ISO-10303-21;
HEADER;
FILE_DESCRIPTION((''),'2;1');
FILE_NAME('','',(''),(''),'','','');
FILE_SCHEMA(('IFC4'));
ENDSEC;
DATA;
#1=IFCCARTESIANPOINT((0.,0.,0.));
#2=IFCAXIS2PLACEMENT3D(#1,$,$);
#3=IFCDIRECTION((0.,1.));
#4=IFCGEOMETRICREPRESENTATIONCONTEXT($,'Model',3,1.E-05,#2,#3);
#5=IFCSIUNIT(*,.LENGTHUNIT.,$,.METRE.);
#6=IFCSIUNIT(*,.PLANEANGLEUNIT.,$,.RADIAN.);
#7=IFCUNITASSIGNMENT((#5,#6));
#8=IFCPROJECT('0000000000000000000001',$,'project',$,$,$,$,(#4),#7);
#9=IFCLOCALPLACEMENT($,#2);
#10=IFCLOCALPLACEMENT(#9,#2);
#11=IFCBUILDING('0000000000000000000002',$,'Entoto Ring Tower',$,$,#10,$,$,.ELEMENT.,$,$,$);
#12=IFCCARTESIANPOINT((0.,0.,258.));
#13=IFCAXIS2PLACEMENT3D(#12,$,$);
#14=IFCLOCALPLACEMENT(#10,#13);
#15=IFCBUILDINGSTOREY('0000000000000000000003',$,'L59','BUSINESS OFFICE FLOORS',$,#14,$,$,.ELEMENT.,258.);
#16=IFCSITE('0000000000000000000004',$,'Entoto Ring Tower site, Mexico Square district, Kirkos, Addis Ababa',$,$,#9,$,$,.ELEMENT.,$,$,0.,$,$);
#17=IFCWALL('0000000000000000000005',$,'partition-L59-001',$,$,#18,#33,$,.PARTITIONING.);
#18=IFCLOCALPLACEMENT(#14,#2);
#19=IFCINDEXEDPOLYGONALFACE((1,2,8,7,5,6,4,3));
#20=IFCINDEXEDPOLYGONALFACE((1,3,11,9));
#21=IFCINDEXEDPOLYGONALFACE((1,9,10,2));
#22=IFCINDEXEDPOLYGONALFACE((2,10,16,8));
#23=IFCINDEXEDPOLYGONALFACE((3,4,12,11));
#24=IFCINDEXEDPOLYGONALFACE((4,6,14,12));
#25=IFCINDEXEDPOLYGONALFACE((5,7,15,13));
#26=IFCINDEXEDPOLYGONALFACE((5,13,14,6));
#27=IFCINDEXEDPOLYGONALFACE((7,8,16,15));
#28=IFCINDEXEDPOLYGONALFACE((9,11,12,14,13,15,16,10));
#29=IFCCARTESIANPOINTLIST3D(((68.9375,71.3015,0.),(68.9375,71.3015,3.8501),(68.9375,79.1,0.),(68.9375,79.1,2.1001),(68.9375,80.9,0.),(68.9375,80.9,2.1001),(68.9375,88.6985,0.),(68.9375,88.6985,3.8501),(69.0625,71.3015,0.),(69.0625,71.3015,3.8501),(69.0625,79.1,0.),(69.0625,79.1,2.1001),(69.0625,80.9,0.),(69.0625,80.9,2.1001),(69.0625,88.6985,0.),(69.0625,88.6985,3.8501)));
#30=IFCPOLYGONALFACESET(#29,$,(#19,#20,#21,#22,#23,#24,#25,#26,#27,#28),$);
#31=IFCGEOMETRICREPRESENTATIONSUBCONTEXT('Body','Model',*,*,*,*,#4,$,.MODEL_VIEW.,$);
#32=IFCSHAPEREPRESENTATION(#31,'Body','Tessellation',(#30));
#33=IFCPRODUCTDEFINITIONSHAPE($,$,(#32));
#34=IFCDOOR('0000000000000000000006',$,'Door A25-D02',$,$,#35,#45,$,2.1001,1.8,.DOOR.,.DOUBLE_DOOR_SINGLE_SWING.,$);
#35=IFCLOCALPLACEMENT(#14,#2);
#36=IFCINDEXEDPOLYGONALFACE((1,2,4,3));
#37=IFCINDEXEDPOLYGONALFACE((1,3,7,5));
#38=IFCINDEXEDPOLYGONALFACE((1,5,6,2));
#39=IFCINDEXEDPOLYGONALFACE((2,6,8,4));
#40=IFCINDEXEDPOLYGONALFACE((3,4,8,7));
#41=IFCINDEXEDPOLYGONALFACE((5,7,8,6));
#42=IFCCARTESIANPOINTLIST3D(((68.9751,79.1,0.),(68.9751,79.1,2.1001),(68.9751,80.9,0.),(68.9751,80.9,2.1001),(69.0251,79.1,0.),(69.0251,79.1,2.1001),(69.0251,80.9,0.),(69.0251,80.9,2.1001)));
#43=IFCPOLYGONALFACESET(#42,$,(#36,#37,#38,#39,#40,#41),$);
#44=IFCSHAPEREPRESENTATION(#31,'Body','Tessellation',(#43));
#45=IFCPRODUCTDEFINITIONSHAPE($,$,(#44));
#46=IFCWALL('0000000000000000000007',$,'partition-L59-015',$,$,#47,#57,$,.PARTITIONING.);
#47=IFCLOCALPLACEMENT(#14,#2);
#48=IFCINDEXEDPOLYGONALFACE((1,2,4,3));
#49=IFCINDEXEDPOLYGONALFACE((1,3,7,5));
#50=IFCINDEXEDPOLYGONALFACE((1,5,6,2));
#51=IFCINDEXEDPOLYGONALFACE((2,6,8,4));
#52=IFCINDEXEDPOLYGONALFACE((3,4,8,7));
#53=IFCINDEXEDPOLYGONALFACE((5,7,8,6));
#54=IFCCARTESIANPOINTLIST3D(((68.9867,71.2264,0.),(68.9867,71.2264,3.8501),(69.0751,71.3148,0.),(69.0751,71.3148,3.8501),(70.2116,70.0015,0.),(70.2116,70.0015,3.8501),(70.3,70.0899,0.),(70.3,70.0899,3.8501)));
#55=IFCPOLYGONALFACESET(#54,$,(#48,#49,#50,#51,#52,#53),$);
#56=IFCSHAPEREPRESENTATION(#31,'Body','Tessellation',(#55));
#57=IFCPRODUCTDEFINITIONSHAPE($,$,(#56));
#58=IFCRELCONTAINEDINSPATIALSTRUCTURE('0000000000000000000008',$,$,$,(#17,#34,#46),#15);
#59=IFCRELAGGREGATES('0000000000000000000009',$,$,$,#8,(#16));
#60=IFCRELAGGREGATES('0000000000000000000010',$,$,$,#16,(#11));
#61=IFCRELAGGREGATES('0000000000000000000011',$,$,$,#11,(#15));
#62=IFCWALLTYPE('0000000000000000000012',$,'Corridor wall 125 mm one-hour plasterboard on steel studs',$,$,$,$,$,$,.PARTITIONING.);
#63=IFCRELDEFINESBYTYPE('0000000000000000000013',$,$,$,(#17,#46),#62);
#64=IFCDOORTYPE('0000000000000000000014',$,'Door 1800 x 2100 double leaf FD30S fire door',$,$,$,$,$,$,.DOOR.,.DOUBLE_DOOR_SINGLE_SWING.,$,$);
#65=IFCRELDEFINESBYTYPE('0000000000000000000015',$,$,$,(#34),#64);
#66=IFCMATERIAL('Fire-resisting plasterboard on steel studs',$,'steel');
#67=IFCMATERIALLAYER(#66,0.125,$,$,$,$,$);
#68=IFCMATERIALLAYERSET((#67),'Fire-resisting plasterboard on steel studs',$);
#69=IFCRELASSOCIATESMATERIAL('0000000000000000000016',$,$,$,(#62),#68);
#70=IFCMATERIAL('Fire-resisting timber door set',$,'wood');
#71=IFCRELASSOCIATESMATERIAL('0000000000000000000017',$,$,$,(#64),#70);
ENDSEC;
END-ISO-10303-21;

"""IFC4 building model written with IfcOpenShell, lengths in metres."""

from ifc_helpers import new_model, si_unit, direction, frame, frame_2d, origin, place, context, subcontext, project, spatial, rectangle, extrude, material, layer, layer_set, type_object, element, fill, save


model = new_model("IFC4")

# Units and contexts
model_context = context("Model", 3, precision=1e-05, world=origin(), true_north=direction((0.0, 1.0)))
body_context = subcontext(model_context, "Body", "Model", "MODEL_VIEW")
ifc_project = project(units=[si_unit("LENGTHUNIT", "METRE"), si_unit("PLANEANGLEUNIT", "RADIAN")], contexts=[model_context])

# Site, building, storey
site_placement = place(None, origin())
site = spatial("IfcSite", under=ifc_project, at=site_placement, Name="Entoto Ring Tower site, Mexico Square district, Kirkos, Addis Ababa", CompositionType="ELEMENT", RefElevation=0.0)
building_placement = place(site_placement, origin())
building = spatial("IfcBuilding", under=site, at=building_placement, Name="Entoto Ring Tower", CompositionType="ELEMENT")
storey_placement = place(building_placement, frame((0.0, 0.0, 258.0)))
storey = spatial("IfcBuildingStorey", under=building, at=storey_placement, Name="L59", Description="BUSINESS OFFICE FLOORS", CompositionType="ELEMENT", Elevation=258.0)

# Wall, opening, door
ifc_material_1 = material(Name="Fire-resisting plasterboard on steel studs", Category="steel")
ifc_layer_1 = layer(ifc_material_1, 0.125)
ifc_layer_set_1 = layer_set([ifc_layer_1], Name="Fire-resisting plasterboard on steel studs")
wall_type_1 = type_object("IfcWallType", Name="Corridor wall 125 mm one-hour plasterboard on steel studs", PredefinedType="PARTITIONING", material=ifc_layer_set_1)
wall_1_placement = place(storey_placement, frame((69.0, 71.3015, 0.0), z_axis=(0.0, 0.0, 1.0), x_axis=(0.0, 1.0, 0.0)))
wall_1 = element("IfcWall", 1, at=wall_1_placement, inside=storey, type_object=wall_type_1, Name="partition-L59-001", PredefinedType="PARTITIONING", context=body_context, shape_type="SweptSolid", body=[
    extrude(rectangle(XDim=17.397, YDim=0.125, at=frame_2d((8.6985, 0.0))), origin(), (0.0, 0.0, 1.0), 3.8501),
])
opening_1_placement = place(wall_1_placement, frame((7.7986, 0.0, 0.0)))
opening_1 = element("IfcOpeningElement", 2, at=opening_1_placement, cuts=wall_1, PredefinedType="OPENING", context=body_context, shape_type="SweptSolid", body=[
    extrude(rectangle(XDim=1.8, YDim=2.1001, at=frame_2d((0.8999, 1.05))), frame((0.0, 0.0725, 0.0), z_axis=(0.0, -1.0, 0.0), x_axis=(1.0, 0.0, 0.0)), (0.0, 0.0, 1.0), 0.145),
])
ifc_material_2 = material(Name="Fire-resisting timber door set", Category="wood")
door_type_1 = type_object("IfcDoorType", Name="Door 1800 x 2100 double leaf FD30S fire door", OperationType="DOUBLE_DOOR_SINGLE_SWING", PredefinedType="DOOR", material=ifc_material_2)
door_1_placement = place(opening_1_placement, origin())
door_1 = element("IfcDoor", 3, at=door_1_placement, inside=storey, type_object=door_type_1, Name="Door A25-D02", OperationType="DOUBLE_DOOR_SINGLE_SWING", OverallHeight=2.1001, OverallWidth=1.8, PredefinedType="DOOR", context=body_context, shape_type="SweptSolid", body=[
    extrude(rectangle(XDim=1.8, YDim=2.1001, at=frame_2d((0.8999, 1.05))), frame((0.0, 0.0249, 0.0), z_axis=(0.0, -1.0, 0.0), x_axis=(1.0, 0.0, 0.0)), (0.0, 0.0, 1.0), 0.05),
])
fill(opening_1, door_1)

# Wall
wall_2_placement = place(storey_placement, frame((70.2559, 70.0457, 0.0), z_axis=(0.0, 0.0, 1.0), x_axis=(-0.707107, 0.707107, 0.0)))
element("IfcWall", 4, at=wall_2_placement, inside=storey, type_object=wall_type_1, Name="partition-L59-015", PredefinedType="PARTITIONING", context=body_context, shape_type="SweptSolid", body=[
    extrude(rectangle(XDim=1.7322, YDim=0.125, at=frame_2d((0.8662, 0.0))), origin(), (0.0, 0.0, 1.0), 3.8501),
])

save(model, "model.ifc")
